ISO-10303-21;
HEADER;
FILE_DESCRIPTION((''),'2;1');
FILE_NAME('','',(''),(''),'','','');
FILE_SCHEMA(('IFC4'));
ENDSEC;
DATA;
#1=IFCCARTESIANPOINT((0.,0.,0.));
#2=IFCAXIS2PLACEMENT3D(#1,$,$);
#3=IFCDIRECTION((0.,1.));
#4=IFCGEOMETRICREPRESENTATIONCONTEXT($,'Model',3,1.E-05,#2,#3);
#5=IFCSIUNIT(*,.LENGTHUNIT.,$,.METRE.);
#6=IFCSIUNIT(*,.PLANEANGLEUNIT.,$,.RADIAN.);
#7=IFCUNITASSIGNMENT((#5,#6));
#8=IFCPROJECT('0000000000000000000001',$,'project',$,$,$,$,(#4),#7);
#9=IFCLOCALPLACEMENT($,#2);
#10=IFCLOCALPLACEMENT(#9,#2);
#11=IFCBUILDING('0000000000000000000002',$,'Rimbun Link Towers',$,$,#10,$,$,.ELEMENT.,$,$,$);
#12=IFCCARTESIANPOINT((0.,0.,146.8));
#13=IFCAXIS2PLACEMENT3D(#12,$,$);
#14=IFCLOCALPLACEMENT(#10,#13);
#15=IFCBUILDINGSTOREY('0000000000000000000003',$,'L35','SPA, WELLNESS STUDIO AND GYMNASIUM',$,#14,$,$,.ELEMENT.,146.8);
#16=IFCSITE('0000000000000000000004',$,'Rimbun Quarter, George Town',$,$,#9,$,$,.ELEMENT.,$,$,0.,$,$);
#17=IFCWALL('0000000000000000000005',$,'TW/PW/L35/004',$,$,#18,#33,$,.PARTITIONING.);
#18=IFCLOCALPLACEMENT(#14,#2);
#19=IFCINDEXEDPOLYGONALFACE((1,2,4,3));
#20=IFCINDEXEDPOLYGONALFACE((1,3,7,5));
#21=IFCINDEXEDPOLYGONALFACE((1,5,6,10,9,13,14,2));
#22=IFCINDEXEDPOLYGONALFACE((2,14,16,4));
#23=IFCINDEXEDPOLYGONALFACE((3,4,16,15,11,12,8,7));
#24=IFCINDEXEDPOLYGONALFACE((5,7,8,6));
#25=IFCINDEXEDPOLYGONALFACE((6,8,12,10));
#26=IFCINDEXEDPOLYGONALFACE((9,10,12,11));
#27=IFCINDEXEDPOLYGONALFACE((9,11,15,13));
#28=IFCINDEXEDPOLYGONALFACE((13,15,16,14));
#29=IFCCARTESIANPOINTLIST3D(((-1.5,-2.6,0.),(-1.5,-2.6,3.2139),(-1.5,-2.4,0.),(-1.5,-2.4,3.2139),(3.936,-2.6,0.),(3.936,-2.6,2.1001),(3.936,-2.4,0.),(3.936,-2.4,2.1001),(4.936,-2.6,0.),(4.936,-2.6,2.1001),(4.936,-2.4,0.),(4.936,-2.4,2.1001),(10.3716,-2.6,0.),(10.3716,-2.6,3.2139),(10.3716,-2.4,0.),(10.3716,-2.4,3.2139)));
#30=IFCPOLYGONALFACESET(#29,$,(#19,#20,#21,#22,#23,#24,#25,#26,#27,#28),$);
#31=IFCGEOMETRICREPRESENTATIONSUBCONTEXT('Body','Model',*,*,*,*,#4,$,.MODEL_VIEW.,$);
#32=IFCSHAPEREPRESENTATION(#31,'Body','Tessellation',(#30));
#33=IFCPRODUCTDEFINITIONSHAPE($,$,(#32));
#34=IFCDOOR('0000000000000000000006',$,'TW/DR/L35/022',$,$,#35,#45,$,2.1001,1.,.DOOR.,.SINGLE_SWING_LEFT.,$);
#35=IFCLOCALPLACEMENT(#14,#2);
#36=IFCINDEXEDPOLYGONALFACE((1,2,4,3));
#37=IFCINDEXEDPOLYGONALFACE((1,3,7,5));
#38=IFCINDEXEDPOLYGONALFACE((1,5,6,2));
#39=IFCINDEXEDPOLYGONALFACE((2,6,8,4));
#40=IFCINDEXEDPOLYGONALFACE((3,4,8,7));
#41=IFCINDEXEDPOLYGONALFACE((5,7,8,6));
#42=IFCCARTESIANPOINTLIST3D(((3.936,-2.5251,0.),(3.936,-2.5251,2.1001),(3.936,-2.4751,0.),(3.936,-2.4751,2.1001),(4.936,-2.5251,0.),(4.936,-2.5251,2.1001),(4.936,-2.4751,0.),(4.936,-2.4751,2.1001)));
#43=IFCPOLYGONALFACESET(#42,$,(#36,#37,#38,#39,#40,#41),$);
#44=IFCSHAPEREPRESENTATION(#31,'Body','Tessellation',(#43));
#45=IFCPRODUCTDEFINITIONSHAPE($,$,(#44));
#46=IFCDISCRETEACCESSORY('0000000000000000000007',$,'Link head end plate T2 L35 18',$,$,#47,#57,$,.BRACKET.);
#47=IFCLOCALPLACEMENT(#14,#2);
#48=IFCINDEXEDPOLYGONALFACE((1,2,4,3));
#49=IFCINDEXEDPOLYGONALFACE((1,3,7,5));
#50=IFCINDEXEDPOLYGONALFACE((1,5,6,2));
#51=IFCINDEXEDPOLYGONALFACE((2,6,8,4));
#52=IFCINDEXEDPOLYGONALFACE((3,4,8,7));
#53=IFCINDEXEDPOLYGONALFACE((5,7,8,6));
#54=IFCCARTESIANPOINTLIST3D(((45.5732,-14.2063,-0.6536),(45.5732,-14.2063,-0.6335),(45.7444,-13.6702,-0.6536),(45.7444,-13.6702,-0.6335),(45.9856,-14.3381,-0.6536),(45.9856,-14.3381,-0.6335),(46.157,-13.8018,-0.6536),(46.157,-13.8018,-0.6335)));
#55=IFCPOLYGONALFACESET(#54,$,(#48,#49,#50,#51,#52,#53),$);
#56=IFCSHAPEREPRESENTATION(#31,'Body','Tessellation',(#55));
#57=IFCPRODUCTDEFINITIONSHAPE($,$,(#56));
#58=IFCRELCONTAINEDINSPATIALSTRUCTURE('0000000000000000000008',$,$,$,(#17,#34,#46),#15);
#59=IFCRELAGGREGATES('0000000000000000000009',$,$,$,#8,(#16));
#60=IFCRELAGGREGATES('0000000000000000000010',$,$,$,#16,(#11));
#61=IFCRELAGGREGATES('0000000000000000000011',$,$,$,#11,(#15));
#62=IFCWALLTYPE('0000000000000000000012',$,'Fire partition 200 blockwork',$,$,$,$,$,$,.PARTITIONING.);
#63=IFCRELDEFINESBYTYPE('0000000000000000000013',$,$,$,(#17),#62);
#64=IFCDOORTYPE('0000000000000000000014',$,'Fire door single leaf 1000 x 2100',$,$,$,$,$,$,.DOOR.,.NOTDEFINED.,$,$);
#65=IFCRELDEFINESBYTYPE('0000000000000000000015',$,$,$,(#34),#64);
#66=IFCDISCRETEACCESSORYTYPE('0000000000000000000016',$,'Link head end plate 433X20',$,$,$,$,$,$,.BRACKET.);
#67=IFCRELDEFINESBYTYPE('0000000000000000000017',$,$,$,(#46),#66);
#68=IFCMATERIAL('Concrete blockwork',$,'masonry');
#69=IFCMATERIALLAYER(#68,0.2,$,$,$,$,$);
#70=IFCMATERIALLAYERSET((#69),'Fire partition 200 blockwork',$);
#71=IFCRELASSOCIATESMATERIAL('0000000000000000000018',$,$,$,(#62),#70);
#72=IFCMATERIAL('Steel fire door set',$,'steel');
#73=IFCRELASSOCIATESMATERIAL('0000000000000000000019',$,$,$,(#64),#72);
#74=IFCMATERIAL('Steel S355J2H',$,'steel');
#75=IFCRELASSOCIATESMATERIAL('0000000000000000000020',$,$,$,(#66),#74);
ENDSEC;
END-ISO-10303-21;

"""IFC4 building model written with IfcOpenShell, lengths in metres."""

from ifc_helpers import new_model, si_unit, direction, frame, frame_2d, origin, origin_2d, place, context, subcontext, project, spatial, polyline, rectangle, outline, extrude, material, layer, layer_set, material_profile, profile_set, type_object, element, fill, save


model = new_model("IFC4")

# Units and contexts
model_context = context("Model", 3, precision=1e-05, world=origin(), true_north=direction((0.0, 1.0)))
body_context = subcontext(model_context, "Body", "Model", "MODEL_VIEW")
ifc_project = project(units=[si_unit("LENGTHUNIT", "METRE"), si_unit("PLANEANGLEUNIT", "RADIAN")], contexts=[model_context])

# Site, building, storey
site_placement = place(None, origin())
site = spatial("IfcSite", under=ifc_project, at=site_placement, Name="Rimbun Quarter, George Town", CompositionType="ELEMENT", RefElevation=0.0)
building_placement = place(site_placement, origin())
building = spatial("IfcBuilding", under=site, at=building_placement, Name="Rimbun Link Towers", CompositionType="ELEMENT")
storey_placement = place(building_placement, frame((0.0, 0.0, 146.8)))
storey = spatial("IfcBuildingStorey", under=building, at=storey_placement, Name="L35", Description="SPA, WELLNESS STUDIO AND GYMNASIUM", CompositionType="ELEMENT", Elevation=146.8)

# Wall, opening, door
ifc_material_1 = material(Name="Concrete blockwork", Category="masonry")
ifc_layer_1 = layer(ifc_material_1, 0.2)
ifc_layer_set_1 = layer_set([ifc_layer_1], Name="Fire partition 200 blockwork")
wall_type_1 = type_object("IfcWallType", Name="Fire partition 200 blockwork", PredefinedType="PARTITIONING", material=ifc_layer_set_1)
wall_1_placement = place(storey_placement, frame((-1.5, -2.5, 0.0), z_axis=(0.0, 0.0, 1.0), x_axis=(1.0, 0.0, 0.0)))
wall_1 = element("IfcWall", 1, at=wall_1_placement, inside=storey, type_object=wall_type_1, Name="TW/PW/L35/004", PredefinedType="PARTITIONING", context=body_context, shape_type="SweptSolid", body=[
    extrude(rectangle(XDim=11.8716, YDim=0.2, at=frame_2d((5.9358, 0.0))), origin(), (0.0, 0.0, 1.0), 3.2139),
])
opening_1_placement = place(wall_1_placement, frame((5.436, 0.0, 0.0)))
opening_1 = element("IfcOpeningElement", 2, at=opening_1_placement, cuts=wall_1, PredefinedType="OPENING", context=body_context, shape_type="SweptSolid", body=[
    extrude(rectangle(XDim=1.0, YDim=2.1001, at=frame_2d((0.5, 1.05))), frame((0.0, 0.1099, 0.0), z_axis=(0.0, -1.0, 0.0), x_axis=(1.0, 0.0, 0.0)), (0.0, 0.0, 1.0), 0.22),
])
ifc_material_2 = material(Name="Steel fire door set", Category="steel")
door_type_1 = type_object("IfcDoorType", Name="Fire door single leaf 1000 x 2100", OperationType="NOTDEFINED", PredefinedType="DOOR", material=ifc_material_2)
door_1_placement = place(opening_1_placement, origin())
door_1 = element("IfcDoor", 3, at=door_1_placement, inside=storey, type_object=door_type_1, Name="TW/DR/L35/022", OperationType="SINGLE_SWING_LEFT", OverallHeight=2.1001, OverallWidth=1.0, PredefinedType="DOOR", context=body_context, shape_type="SweptSolid", body=[
    extrude(rectangle(XDim=1.0, YDim=2.1001, at=frame_2d((0.5, 1.05))), frame((0.0, 0.0249, 0.0), z_axis=(0.0, -1.0, 0.0), x_axis=(1.0, 0.0, 0.0)), (0.0, 0.0, 1.0), 0.05),
])
fill(opening_1, door_1)

# Discrete accessory
ifc_material_3 = material(Name="Steel S355J2H", Category="steel")
ifc_material_profile_1 = material_profile(ifc_material_3, rectangle(XDim=0.4331, YDim=0.4331, at=origin_2d()), Name="PL 433x433")
ifc_profile_set_1 = profile_set([ifc_material_profile_1], Name="Steel S355J2H")
discrete_accessory_type = type_object("IfcDiscreteAccessoryType", Name="Link head end plate 433X20", PredefinedType="BRACKET", material=ifc_profile_set_1)
discrete_accessory_placement = place(storey_placement, frame((0.0, 0.0, -0.6536)))
element("IfcDiscreteAccessory", 4, at=discrete_accessory_placement, inside=storey, type_object=discrete_accessory_type, Name="Link head end plate T2 L35 18", PredefinedType="BRACKET", context=body_context, shape_type="SweptSolid", body=[
    extrude(outline(polyline([(45.7444, -13.6702), (45.5732, -14.2063), (45.9856, -14.3381), (46.157, -13.8018), (45.7444, -13.6702)])), origin(), (0.0, 0.0, 1.0), 0.02),
])

save(model, "model.ifc")
